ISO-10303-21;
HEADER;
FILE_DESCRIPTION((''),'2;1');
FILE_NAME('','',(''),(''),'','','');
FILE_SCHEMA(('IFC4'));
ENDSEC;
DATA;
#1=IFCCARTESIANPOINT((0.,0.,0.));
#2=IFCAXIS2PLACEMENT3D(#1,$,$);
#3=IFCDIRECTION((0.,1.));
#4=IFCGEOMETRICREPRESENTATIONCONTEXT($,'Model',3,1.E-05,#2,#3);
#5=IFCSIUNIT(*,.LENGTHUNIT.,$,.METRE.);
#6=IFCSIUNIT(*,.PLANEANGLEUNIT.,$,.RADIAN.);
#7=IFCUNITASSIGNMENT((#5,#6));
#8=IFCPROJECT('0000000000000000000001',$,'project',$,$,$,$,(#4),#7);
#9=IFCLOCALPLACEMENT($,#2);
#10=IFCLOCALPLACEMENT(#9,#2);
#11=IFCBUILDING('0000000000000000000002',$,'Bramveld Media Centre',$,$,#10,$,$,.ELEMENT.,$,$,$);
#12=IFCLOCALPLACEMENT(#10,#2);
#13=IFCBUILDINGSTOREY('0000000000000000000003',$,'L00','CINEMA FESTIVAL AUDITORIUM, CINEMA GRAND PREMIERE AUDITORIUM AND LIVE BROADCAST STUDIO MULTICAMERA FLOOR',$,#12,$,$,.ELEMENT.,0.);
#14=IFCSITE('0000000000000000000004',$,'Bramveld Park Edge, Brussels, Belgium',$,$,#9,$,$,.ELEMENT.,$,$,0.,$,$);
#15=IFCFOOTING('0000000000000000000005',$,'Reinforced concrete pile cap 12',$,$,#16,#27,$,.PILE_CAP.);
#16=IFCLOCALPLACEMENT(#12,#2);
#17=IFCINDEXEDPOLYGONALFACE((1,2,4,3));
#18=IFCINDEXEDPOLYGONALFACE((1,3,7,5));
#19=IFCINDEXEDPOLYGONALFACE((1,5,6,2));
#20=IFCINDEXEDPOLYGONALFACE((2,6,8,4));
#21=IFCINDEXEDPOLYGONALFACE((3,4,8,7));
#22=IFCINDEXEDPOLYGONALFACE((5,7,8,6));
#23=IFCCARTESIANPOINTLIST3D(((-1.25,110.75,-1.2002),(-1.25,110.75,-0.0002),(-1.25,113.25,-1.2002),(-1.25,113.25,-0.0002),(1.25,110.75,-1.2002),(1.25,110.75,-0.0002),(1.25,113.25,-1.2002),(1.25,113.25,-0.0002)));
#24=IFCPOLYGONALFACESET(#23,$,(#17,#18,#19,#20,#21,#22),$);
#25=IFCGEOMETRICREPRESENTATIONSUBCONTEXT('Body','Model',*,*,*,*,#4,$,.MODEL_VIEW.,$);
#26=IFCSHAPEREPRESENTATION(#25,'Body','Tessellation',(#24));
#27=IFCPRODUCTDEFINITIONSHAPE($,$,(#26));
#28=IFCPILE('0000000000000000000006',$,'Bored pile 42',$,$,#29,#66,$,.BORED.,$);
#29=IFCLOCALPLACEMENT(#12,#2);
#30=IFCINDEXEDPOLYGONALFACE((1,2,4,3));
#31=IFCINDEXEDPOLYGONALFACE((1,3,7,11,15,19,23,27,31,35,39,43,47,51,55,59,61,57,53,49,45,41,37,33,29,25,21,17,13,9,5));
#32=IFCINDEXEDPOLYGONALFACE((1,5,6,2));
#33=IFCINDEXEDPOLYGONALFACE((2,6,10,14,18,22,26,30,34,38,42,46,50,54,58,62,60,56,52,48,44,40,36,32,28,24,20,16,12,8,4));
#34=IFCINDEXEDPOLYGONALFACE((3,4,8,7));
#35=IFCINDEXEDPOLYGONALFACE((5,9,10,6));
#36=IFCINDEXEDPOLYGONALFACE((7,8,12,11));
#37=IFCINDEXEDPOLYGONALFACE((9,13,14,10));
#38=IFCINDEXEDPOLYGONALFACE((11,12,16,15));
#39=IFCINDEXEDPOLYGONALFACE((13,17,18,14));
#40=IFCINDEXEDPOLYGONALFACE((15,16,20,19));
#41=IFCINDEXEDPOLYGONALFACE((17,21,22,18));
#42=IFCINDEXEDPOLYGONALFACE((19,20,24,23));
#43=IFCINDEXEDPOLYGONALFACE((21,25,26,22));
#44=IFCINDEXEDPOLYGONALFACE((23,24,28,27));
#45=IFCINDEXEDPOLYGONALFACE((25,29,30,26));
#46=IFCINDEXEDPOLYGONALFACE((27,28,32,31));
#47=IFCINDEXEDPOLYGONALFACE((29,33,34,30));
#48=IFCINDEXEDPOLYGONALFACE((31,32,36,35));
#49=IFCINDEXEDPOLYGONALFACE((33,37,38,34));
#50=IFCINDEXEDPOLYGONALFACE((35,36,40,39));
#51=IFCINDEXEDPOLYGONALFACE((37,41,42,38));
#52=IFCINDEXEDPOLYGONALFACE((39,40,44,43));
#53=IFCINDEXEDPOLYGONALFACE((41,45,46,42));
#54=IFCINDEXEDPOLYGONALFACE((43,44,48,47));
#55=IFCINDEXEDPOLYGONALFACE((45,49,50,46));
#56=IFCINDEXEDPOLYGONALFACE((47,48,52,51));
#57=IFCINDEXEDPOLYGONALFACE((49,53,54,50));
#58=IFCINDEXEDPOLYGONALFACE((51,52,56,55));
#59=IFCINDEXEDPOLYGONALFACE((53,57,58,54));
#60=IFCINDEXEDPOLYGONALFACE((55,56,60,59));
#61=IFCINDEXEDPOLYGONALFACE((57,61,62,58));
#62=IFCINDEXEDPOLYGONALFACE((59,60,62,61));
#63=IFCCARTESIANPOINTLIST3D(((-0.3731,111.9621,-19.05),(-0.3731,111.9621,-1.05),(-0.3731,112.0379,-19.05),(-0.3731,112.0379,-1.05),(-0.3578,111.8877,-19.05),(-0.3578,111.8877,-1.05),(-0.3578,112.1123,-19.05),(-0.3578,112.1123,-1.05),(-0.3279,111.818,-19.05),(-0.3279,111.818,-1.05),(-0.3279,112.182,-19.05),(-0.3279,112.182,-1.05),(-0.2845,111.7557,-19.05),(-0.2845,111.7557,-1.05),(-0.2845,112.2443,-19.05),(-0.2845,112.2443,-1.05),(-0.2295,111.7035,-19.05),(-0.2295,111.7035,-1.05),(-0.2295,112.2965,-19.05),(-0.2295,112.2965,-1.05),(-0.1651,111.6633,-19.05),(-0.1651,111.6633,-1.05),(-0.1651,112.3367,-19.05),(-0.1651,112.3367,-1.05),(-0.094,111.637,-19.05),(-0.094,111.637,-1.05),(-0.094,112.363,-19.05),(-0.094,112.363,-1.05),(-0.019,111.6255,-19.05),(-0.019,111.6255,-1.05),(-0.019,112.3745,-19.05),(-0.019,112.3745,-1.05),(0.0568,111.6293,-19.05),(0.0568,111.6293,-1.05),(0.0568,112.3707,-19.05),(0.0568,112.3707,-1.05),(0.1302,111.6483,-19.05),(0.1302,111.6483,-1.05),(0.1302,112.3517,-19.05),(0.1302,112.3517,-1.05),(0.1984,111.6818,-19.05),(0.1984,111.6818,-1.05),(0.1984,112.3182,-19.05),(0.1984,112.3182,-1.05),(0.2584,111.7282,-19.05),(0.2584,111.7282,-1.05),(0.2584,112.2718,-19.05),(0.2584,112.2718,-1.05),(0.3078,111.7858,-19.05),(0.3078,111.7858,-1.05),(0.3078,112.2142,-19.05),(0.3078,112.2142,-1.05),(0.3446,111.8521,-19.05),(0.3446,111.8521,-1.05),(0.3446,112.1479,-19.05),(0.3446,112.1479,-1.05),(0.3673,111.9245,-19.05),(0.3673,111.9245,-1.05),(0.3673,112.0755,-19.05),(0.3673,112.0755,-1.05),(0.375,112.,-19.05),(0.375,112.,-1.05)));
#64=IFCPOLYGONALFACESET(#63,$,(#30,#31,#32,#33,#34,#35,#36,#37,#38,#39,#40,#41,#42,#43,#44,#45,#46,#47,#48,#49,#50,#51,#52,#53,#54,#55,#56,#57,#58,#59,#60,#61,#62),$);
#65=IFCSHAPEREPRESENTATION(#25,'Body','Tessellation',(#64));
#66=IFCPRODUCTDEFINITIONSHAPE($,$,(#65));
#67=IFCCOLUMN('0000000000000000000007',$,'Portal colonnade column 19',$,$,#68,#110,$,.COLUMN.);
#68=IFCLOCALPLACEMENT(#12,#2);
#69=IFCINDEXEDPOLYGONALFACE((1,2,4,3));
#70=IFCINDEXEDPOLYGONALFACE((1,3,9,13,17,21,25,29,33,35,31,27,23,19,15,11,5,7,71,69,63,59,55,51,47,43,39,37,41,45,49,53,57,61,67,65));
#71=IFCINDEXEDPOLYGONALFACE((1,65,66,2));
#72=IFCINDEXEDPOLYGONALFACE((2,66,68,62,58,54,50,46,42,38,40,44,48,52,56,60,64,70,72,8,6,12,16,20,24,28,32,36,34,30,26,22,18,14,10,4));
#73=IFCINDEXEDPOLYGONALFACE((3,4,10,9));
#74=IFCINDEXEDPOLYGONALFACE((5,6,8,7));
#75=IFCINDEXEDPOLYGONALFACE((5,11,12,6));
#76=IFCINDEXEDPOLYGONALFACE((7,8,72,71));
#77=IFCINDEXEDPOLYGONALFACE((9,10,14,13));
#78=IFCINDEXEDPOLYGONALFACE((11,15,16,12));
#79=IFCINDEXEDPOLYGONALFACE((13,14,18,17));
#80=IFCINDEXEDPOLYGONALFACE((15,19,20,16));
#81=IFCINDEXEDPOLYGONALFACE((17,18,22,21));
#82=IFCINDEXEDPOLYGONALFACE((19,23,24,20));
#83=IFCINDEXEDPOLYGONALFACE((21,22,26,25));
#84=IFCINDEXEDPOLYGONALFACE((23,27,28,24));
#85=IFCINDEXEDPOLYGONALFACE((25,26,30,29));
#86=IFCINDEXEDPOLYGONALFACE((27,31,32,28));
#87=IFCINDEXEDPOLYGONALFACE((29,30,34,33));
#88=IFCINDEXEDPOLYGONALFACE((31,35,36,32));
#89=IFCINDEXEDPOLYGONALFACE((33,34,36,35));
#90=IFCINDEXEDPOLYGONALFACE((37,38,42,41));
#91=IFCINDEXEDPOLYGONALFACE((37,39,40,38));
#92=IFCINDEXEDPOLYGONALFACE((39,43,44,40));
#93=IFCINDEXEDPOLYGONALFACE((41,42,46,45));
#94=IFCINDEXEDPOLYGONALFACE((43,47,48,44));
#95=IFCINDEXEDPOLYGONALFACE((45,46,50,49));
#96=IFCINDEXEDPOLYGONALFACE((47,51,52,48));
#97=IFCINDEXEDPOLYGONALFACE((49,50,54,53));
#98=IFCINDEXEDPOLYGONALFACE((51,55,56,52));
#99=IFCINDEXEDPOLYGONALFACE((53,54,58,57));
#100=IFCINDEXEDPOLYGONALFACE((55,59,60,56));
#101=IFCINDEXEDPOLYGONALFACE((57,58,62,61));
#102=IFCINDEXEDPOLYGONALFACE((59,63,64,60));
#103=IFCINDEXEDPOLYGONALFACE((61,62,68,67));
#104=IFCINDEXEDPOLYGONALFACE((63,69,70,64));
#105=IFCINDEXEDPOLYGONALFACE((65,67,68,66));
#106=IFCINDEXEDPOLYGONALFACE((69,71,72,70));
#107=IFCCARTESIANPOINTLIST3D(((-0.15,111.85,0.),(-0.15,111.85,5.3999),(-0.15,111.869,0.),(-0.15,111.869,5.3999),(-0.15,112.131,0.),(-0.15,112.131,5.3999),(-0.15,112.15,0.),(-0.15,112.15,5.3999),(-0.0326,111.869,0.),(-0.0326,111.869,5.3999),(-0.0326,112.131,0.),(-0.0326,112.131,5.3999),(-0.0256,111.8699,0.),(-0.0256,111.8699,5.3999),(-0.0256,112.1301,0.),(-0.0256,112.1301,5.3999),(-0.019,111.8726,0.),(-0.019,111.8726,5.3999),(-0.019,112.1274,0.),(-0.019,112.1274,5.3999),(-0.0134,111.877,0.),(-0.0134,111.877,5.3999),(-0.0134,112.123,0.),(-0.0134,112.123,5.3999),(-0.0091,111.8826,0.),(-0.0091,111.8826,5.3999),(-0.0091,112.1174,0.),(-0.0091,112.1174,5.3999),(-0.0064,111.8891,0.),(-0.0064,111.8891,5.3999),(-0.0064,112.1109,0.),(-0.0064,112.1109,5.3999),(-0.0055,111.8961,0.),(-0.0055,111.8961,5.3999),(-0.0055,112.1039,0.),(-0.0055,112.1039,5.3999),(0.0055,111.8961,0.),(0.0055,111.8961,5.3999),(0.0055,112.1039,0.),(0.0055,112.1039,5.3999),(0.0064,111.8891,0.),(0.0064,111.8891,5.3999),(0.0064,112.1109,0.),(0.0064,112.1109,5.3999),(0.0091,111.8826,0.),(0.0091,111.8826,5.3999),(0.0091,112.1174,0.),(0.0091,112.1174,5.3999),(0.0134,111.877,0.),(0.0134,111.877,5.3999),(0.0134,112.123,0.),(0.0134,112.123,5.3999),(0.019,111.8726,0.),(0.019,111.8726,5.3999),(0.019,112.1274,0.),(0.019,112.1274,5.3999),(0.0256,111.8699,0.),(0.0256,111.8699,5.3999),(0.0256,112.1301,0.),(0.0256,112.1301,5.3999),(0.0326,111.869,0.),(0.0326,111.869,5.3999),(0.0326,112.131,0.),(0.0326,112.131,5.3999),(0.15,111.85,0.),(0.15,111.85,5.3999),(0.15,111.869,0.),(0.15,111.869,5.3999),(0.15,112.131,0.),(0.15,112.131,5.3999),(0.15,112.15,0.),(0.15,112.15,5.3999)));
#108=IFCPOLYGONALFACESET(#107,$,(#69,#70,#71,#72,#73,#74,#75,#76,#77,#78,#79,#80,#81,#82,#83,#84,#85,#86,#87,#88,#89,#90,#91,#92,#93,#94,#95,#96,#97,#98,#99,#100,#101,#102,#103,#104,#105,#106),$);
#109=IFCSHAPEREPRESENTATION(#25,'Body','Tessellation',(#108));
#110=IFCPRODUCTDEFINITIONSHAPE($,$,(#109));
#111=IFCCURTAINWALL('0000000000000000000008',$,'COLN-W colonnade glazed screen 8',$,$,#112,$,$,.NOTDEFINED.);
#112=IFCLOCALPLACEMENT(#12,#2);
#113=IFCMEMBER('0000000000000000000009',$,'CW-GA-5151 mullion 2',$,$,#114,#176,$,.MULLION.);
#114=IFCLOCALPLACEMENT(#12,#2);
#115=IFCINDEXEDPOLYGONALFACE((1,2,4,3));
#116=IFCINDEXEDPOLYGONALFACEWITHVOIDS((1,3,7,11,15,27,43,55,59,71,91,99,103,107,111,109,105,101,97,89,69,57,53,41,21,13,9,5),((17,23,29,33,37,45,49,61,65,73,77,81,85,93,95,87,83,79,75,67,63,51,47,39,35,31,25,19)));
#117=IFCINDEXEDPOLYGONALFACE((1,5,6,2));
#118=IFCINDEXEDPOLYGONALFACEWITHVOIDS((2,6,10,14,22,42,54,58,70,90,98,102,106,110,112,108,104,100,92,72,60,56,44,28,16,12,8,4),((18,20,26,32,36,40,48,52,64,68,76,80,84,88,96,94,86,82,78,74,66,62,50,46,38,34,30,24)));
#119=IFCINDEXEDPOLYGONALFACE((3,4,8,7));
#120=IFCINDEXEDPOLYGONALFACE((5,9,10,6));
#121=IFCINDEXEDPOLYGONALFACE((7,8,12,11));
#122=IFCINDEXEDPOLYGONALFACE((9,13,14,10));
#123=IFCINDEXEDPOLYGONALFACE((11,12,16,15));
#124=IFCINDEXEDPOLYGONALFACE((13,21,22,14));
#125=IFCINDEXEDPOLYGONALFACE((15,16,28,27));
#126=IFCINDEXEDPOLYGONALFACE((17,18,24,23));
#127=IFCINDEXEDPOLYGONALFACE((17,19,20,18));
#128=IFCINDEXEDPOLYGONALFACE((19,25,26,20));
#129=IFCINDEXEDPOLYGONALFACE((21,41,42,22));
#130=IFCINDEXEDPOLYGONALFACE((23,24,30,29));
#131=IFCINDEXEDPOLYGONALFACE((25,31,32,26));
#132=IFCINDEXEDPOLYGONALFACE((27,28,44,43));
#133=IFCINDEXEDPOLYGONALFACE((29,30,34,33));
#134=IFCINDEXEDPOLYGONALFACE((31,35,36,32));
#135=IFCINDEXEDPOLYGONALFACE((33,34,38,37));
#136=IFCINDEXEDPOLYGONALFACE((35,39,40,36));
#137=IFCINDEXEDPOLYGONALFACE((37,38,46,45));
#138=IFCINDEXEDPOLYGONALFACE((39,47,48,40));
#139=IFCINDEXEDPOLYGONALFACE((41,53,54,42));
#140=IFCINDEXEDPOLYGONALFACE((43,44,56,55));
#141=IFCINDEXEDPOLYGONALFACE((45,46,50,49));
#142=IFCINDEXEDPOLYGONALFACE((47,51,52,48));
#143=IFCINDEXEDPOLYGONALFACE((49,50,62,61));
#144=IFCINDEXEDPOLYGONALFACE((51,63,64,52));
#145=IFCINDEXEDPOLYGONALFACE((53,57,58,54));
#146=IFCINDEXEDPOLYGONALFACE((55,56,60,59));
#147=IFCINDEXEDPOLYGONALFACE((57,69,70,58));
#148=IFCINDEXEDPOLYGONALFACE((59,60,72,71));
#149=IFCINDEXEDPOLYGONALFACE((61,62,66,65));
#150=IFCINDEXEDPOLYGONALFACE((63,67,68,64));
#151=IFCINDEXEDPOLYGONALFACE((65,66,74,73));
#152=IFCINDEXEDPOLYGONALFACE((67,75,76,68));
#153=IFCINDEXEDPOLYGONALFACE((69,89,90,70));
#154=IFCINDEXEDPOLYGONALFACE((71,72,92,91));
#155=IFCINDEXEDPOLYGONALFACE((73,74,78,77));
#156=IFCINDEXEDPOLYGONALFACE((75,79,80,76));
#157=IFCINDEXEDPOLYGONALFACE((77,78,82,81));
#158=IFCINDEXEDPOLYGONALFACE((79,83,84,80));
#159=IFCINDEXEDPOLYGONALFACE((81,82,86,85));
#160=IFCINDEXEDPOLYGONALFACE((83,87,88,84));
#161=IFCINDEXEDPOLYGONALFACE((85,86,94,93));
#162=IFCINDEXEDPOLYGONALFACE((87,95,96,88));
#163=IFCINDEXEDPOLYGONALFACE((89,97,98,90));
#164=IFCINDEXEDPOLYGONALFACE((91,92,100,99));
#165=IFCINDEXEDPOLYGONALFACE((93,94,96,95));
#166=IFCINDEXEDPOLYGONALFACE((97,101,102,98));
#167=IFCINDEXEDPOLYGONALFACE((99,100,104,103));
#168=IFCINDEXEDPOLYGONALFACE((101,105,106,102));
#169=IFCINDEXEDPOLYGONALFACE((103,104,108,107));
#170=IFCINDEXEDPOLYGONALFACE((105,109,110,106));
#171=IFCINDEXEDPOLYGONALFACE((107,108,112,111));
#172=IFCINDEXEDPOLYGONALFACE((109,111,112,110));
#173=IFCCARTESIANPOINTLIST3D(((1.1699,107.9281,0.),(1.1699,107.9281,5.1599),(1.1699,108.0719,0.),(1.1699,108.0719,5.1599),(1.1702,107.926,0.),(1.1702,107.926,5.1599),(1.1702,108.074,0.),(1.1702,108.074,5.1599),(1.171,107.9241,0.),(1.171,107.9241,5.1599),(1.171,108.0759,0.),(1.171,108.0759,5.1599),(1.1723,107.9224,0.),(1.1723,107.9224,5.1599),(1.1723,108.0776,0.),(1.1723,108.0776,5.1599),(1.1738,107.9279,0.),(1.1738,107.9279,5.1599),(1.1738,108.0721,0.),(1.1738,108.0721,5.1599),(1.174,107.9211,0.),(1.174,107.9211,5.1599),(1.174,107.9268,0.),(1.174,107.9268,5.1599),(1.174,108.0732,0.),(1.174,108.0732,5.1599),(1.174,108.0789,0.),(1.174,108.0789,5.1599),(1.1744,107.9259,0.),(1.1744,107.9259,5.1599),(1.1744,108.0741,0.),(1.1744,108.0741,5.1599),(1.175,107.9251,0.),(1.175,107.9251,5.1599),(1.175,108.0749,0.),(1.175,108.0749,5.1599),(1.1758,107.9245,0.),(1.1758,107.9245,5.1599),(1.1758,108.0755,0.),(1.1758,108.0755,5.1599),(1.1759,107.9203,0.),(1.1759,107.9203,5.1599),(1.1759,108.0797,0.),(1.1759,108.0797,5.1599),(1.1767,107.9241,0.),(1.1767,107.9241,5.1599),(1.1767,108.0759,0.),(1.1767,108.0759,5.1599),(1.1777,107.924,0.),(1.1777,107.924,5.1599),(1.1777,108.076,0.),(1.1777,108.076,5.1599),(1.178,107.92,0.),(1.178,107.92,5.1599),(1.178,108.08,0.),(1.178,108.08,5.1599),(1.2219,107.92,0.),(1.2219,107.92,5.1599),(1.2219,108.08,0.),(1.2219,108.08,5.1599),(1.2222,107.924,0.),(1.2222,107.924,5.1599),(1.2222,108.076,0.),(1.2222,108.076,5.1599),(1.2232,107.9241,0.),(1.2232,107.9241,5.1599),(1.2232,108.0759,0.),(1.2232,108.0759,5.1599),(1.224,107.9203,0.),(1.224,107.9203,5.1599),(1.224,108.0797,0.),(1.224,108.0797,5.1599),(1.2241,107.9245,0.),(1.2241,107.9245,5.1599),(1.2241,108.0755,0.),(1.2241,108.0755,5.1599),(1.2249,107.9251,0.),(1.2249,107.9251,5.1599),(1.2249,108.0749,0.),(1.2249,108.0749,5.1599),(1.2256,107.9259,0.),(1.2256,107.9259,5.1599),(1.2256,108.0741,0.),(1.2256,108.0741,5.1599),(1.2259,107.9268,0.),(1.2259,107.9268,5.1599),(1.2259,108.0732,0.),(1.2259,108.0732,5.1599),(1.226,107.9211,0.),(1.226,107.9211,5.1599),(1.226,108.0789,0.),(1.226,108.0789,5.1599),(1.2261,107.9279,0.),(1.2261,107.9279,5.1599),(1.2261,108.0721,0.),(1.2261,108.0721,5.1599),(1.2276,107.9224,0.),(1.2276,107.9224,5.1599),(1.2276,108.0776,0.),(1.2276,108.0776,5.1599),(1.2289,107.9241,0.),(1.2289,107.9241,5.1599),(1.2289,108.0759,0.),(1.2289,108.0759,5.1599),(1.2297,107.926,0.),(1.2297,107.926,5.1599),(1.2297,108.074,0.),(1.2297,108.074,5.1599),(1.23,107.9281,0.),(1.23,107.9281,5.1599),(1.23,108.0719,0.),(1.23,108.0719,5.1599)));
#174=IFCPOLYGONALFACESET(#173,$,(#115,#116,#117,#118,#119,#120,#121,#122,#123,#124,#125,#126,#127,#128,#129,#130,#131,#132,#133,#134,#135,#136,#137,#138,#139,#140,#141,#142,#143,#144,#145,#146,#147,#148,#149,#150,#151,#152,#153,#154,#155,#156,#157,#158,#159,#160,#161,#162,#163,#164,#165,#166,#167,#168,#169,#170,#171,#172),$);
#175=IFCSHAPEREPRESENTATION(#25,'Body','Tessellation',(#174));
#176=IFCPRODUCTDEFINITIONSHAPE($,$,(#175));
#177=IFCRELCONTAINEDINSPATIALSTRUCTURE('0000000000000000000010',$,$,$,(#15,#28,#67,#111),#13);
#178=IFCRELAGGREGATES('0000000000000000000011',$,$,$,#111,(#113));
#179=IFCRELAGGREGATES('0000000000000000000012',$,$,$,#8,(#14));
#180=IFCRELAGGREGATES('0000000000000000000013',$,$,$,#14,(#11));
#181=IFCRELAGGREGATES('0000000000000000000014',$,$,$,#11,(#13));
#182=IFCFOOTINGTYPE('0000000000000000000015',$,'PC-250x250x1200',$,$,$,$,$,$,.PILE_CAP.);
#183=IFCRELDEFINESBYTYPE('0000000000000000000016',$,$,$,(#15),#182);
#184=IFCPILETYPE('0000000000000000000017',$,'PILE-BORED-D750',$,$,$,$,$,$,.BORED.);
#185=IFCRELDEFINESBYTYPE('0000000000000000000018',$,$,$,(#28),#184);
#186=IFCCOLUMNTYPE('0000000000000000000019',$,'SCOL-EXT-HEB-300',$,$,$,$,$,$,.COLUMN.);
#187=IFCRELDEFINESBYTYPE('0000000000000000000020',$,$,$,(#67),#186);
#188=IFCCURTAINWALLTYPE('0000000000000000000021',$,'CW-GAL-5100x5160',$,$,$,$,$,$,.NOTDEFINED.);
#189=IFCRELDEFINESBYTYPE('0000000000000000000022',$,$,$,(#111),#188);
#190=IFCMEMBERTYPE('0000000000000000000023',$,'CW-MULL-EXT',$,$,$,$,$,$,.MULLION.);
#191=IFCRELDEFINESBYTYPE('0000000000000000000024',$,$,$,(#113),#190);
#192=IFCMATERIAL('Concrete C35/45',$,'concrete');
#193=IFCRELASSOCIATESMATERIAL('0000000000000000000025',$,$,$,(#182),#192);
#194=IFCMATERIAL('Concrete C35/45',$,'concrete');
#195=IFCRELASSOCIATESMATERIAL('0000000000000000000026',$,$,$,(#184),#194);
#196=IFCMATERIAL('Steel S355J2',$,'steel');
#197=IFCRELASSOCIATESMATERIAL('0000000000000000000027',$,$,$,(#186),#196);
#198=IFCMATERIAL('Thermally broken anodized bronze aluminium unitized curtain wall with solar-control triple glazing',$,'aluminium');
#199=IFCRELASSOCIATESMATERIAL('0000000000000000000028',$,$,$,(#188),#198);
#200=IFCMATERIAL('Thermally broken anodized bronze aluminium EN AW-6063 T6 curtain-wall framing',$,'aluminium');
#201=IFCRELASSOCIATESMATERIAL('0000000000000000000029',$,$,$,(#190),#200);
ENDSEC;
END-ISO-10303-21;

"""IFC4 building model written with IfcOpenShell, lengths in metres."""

from ifc_helpers import new_model, si_unit, direction, frame, origin, origin_2d, place, context, subcontext, project, spatial, rectangle, hollow_rectangle, circle, i_section, extrude, material, material_profile, profile_set, type_object, element, aggregate, save


model = new_model("IFC4")

# Units and contexts
model_context = context("Model", 3, precision=1e-05, world=origin(), true_north=direction((0.0, 1.0)))
body_context = subcontext(model_context, "Body", "Model", "MODEL_VIEW")
ifc_project = project(units=[si_unit("LENGTHUNIT", "METRE"), si_unit("PLANEANGLEUNIT", "RADIAN")], contexts=[model_context])

# Site, building, storey
site_placement = place(None, origin())
site = spatial("IfcSite", under=ifc_project, at=site_placement, Name="Bramveld Park Edge, Brussels, Belgium", CompositionType="ELEMENT", RefElevation=0.0)
building_placement = place(site_placement, origin())
building = spatial("IfcBuilding", under=site, at=building_placement, Name="Bramveld Media Centre", CompositionType="ELEMENT")
storey_placement = place(building_placement, origin())
storey = spatial("IfcBuildingStorey", under=building, at=storey_placement, Name="L00", Description="CINEMA FESTIVAL AUDITORIUM, CINEMA GRAND PREMIERE AUDITORIUM AND LIVE BROADCAST STUDIO MULTICAMERA FLOOR", CompositionType="ELEMENT", Elevation=0.0)

# Footing
ifc_material_1 = material(Name="Concrete C35/45", Category="concrete")
footing_type = type_object("IfcFootingType", Name="PC-250x250x1200", PredefinedType="PILE_CAP", material=ifc_material_1)
footing_placement = place(storey_placement, frame((0.0, 112.0, -1.2002), z_axis=(0.0, 0.0, 1.0), x_axis=(1.0, 0.0, 0.0)))
element("IfcFooting", 1, at=footing_placement, inside=storey, type_object=footing_type, Name="Reinforced concrete pile cap 12", PredefinedType="PILE_CAP", context=body_context, shape_type="SweptSolid", body=[
    extrude(rectangle(XDim=2.5, YDim=2.5, at=origin_2d()), origin(), (0.0, 0.0, 1.0), 1.2),
])

# Pile
ifc_material_2 = material(Name="Concrete C35/45", Category="concrete")
ifc_material_profile_1 = material_profile(ifc_material_2, circle(Radius=0.375, at=origin_2d()), Name="BORED D750")
ifc_profile_set_1 = profile_set([ifc_material_profile_1], Name="Concrete C35/45")
pile_type = type_object("IfcPileType", Name="PILE-BORED-D750", PredefinedType="BORED", material=ifc_profile_set_1)
pile_placement = place(storey_placement, frame((0.0, 112.0, -1.05), z_axis=(0.0, 0.0, -1.0), x_axis=(1.0, 0.0, 0.0)))
element("IfcPile", 2, at=pile_placement, inside=storey, type_object=pile_type, Name="Bored pile 42", PredefinedType="BORED", context=body_context, shape_type="SweptSolid", body=[
    extrude(circle(Radius=0.375, at=origin_2d()), origin(), (0.0, 0.0, 1.0), 18.0),
])

# Column
ifc_material_3 = material(Name="Steel S355J2", Category="steel")
ifc_material_profile_2 = material_profile(ifc_material_3, i_section(OverallWidth=0.3, OverallDepth=0.3, WebThickness=0.011, FlangeThickness=0.019, FilletRadius=0.0271, at=origin_2d()), Name="HEB 300")
ifc_profile_set_2 = profile_set([ifc_material_profile_2], Name="Steel S355J2")
column_type = type_object("IfcColumnType", Name="SCOL-EXT-HEB-300", PredefinedType="COLUMN", material=ifc_profile_set_2)
column_placement = place(storey_placement, frame((0.0, 112.0, 0.0), z_axis=(0.0, 0.0, 1.0), x_axis=(1.0, 0.0, 0.0)))
element("IfcColumn", 3, at=column_placement, inside=storey, type_object=column_type, Name="Portal colonnade column 19", PredefinedType="COLUMN", context=body_context, shape_type="SweptSolid", body=[
    extrude(i_section(OverallWidth=0.3, OverallDepth=0.3, WebThickness=0.011, FlangeThickness=0.019, FilletRadius=0.0271, at=origin_2d()), origin(), (0.0, 0.0, 1.0), 5.3999),
])

# Curtain wall, member
ifc_material_4 = material(Name="Thermally broken anodized bronze aluminium unitized curtain wall with solar-control triple glazing", Category="aluminium")
curtain_wall_type = type_object("IfcCurtainWallType", Name="CW-GAL-5100x5160", PredefinedType="NOTDEFINED", material=ifc_material_4)
curtain_wall_1_placement = place(storey_placement, origin())
curtain_wall_1 = element("IfcCurtainWall", 4, at=curtain_wall_1_placement, inside=storey, type_object=curtain_wall_type, Name="COLN-W colonnade glazed screen 8", PredefinedType="NOTDEFINED")
ifc_material_5 = material(Name="Thermally broken anodized bronze aluminium EN AW-6063 T6 curtain-wall framing", Category="aluminium")
ifc_material_profile_3 = material_profile(ifc_material_5, hollow_rectangle(XDim=0.0601, YDim=0.1599, WallThickness=0.0039, InnerFilletRadius=0.0039, OuterFilletRadius=0.0081, at=origin_2d()), Name="AL-MULL 60x160")
ifc_profile_set_3 = profile_set([ifc_material_profile_3], Name="Thermally broken anodized bronze aluminium EN AW-6063 T6 curtain-wall framing")
member_type_1 = type_object("IfcMemberType", Name="CW-MULL-EXT", PredefinedType="MULLION", material=ifc_profile_set_3)
member_1_placement = place(storey_placement, frame((1.2, 108.0, 0.0), z_axis=(0.0, 0.0, 1.0), x_axis=(-1.0, 0.0, 0.0)))
member_1 = element("IfcMember", 5, at=member_1_placement, type_object=member_type_1, Name="CW-GA-5151 mullion 2", PredefinedType="MULLION", context=body_context, shape_type="SweptSolid", body=[
    extrude(hollow_rectangle(XDim=0.0601, YDim=0.1599, WallThickness=0.0039, InnerFilletRadius=0.0039, OuterFilletRadius=0.0081, at=origin_2d()), origin(), (0.0, 0.0, 1.0), 5.1599),
])

aggregate(curtain_wall_1, [member_1])

save(model, "model.ifc")
